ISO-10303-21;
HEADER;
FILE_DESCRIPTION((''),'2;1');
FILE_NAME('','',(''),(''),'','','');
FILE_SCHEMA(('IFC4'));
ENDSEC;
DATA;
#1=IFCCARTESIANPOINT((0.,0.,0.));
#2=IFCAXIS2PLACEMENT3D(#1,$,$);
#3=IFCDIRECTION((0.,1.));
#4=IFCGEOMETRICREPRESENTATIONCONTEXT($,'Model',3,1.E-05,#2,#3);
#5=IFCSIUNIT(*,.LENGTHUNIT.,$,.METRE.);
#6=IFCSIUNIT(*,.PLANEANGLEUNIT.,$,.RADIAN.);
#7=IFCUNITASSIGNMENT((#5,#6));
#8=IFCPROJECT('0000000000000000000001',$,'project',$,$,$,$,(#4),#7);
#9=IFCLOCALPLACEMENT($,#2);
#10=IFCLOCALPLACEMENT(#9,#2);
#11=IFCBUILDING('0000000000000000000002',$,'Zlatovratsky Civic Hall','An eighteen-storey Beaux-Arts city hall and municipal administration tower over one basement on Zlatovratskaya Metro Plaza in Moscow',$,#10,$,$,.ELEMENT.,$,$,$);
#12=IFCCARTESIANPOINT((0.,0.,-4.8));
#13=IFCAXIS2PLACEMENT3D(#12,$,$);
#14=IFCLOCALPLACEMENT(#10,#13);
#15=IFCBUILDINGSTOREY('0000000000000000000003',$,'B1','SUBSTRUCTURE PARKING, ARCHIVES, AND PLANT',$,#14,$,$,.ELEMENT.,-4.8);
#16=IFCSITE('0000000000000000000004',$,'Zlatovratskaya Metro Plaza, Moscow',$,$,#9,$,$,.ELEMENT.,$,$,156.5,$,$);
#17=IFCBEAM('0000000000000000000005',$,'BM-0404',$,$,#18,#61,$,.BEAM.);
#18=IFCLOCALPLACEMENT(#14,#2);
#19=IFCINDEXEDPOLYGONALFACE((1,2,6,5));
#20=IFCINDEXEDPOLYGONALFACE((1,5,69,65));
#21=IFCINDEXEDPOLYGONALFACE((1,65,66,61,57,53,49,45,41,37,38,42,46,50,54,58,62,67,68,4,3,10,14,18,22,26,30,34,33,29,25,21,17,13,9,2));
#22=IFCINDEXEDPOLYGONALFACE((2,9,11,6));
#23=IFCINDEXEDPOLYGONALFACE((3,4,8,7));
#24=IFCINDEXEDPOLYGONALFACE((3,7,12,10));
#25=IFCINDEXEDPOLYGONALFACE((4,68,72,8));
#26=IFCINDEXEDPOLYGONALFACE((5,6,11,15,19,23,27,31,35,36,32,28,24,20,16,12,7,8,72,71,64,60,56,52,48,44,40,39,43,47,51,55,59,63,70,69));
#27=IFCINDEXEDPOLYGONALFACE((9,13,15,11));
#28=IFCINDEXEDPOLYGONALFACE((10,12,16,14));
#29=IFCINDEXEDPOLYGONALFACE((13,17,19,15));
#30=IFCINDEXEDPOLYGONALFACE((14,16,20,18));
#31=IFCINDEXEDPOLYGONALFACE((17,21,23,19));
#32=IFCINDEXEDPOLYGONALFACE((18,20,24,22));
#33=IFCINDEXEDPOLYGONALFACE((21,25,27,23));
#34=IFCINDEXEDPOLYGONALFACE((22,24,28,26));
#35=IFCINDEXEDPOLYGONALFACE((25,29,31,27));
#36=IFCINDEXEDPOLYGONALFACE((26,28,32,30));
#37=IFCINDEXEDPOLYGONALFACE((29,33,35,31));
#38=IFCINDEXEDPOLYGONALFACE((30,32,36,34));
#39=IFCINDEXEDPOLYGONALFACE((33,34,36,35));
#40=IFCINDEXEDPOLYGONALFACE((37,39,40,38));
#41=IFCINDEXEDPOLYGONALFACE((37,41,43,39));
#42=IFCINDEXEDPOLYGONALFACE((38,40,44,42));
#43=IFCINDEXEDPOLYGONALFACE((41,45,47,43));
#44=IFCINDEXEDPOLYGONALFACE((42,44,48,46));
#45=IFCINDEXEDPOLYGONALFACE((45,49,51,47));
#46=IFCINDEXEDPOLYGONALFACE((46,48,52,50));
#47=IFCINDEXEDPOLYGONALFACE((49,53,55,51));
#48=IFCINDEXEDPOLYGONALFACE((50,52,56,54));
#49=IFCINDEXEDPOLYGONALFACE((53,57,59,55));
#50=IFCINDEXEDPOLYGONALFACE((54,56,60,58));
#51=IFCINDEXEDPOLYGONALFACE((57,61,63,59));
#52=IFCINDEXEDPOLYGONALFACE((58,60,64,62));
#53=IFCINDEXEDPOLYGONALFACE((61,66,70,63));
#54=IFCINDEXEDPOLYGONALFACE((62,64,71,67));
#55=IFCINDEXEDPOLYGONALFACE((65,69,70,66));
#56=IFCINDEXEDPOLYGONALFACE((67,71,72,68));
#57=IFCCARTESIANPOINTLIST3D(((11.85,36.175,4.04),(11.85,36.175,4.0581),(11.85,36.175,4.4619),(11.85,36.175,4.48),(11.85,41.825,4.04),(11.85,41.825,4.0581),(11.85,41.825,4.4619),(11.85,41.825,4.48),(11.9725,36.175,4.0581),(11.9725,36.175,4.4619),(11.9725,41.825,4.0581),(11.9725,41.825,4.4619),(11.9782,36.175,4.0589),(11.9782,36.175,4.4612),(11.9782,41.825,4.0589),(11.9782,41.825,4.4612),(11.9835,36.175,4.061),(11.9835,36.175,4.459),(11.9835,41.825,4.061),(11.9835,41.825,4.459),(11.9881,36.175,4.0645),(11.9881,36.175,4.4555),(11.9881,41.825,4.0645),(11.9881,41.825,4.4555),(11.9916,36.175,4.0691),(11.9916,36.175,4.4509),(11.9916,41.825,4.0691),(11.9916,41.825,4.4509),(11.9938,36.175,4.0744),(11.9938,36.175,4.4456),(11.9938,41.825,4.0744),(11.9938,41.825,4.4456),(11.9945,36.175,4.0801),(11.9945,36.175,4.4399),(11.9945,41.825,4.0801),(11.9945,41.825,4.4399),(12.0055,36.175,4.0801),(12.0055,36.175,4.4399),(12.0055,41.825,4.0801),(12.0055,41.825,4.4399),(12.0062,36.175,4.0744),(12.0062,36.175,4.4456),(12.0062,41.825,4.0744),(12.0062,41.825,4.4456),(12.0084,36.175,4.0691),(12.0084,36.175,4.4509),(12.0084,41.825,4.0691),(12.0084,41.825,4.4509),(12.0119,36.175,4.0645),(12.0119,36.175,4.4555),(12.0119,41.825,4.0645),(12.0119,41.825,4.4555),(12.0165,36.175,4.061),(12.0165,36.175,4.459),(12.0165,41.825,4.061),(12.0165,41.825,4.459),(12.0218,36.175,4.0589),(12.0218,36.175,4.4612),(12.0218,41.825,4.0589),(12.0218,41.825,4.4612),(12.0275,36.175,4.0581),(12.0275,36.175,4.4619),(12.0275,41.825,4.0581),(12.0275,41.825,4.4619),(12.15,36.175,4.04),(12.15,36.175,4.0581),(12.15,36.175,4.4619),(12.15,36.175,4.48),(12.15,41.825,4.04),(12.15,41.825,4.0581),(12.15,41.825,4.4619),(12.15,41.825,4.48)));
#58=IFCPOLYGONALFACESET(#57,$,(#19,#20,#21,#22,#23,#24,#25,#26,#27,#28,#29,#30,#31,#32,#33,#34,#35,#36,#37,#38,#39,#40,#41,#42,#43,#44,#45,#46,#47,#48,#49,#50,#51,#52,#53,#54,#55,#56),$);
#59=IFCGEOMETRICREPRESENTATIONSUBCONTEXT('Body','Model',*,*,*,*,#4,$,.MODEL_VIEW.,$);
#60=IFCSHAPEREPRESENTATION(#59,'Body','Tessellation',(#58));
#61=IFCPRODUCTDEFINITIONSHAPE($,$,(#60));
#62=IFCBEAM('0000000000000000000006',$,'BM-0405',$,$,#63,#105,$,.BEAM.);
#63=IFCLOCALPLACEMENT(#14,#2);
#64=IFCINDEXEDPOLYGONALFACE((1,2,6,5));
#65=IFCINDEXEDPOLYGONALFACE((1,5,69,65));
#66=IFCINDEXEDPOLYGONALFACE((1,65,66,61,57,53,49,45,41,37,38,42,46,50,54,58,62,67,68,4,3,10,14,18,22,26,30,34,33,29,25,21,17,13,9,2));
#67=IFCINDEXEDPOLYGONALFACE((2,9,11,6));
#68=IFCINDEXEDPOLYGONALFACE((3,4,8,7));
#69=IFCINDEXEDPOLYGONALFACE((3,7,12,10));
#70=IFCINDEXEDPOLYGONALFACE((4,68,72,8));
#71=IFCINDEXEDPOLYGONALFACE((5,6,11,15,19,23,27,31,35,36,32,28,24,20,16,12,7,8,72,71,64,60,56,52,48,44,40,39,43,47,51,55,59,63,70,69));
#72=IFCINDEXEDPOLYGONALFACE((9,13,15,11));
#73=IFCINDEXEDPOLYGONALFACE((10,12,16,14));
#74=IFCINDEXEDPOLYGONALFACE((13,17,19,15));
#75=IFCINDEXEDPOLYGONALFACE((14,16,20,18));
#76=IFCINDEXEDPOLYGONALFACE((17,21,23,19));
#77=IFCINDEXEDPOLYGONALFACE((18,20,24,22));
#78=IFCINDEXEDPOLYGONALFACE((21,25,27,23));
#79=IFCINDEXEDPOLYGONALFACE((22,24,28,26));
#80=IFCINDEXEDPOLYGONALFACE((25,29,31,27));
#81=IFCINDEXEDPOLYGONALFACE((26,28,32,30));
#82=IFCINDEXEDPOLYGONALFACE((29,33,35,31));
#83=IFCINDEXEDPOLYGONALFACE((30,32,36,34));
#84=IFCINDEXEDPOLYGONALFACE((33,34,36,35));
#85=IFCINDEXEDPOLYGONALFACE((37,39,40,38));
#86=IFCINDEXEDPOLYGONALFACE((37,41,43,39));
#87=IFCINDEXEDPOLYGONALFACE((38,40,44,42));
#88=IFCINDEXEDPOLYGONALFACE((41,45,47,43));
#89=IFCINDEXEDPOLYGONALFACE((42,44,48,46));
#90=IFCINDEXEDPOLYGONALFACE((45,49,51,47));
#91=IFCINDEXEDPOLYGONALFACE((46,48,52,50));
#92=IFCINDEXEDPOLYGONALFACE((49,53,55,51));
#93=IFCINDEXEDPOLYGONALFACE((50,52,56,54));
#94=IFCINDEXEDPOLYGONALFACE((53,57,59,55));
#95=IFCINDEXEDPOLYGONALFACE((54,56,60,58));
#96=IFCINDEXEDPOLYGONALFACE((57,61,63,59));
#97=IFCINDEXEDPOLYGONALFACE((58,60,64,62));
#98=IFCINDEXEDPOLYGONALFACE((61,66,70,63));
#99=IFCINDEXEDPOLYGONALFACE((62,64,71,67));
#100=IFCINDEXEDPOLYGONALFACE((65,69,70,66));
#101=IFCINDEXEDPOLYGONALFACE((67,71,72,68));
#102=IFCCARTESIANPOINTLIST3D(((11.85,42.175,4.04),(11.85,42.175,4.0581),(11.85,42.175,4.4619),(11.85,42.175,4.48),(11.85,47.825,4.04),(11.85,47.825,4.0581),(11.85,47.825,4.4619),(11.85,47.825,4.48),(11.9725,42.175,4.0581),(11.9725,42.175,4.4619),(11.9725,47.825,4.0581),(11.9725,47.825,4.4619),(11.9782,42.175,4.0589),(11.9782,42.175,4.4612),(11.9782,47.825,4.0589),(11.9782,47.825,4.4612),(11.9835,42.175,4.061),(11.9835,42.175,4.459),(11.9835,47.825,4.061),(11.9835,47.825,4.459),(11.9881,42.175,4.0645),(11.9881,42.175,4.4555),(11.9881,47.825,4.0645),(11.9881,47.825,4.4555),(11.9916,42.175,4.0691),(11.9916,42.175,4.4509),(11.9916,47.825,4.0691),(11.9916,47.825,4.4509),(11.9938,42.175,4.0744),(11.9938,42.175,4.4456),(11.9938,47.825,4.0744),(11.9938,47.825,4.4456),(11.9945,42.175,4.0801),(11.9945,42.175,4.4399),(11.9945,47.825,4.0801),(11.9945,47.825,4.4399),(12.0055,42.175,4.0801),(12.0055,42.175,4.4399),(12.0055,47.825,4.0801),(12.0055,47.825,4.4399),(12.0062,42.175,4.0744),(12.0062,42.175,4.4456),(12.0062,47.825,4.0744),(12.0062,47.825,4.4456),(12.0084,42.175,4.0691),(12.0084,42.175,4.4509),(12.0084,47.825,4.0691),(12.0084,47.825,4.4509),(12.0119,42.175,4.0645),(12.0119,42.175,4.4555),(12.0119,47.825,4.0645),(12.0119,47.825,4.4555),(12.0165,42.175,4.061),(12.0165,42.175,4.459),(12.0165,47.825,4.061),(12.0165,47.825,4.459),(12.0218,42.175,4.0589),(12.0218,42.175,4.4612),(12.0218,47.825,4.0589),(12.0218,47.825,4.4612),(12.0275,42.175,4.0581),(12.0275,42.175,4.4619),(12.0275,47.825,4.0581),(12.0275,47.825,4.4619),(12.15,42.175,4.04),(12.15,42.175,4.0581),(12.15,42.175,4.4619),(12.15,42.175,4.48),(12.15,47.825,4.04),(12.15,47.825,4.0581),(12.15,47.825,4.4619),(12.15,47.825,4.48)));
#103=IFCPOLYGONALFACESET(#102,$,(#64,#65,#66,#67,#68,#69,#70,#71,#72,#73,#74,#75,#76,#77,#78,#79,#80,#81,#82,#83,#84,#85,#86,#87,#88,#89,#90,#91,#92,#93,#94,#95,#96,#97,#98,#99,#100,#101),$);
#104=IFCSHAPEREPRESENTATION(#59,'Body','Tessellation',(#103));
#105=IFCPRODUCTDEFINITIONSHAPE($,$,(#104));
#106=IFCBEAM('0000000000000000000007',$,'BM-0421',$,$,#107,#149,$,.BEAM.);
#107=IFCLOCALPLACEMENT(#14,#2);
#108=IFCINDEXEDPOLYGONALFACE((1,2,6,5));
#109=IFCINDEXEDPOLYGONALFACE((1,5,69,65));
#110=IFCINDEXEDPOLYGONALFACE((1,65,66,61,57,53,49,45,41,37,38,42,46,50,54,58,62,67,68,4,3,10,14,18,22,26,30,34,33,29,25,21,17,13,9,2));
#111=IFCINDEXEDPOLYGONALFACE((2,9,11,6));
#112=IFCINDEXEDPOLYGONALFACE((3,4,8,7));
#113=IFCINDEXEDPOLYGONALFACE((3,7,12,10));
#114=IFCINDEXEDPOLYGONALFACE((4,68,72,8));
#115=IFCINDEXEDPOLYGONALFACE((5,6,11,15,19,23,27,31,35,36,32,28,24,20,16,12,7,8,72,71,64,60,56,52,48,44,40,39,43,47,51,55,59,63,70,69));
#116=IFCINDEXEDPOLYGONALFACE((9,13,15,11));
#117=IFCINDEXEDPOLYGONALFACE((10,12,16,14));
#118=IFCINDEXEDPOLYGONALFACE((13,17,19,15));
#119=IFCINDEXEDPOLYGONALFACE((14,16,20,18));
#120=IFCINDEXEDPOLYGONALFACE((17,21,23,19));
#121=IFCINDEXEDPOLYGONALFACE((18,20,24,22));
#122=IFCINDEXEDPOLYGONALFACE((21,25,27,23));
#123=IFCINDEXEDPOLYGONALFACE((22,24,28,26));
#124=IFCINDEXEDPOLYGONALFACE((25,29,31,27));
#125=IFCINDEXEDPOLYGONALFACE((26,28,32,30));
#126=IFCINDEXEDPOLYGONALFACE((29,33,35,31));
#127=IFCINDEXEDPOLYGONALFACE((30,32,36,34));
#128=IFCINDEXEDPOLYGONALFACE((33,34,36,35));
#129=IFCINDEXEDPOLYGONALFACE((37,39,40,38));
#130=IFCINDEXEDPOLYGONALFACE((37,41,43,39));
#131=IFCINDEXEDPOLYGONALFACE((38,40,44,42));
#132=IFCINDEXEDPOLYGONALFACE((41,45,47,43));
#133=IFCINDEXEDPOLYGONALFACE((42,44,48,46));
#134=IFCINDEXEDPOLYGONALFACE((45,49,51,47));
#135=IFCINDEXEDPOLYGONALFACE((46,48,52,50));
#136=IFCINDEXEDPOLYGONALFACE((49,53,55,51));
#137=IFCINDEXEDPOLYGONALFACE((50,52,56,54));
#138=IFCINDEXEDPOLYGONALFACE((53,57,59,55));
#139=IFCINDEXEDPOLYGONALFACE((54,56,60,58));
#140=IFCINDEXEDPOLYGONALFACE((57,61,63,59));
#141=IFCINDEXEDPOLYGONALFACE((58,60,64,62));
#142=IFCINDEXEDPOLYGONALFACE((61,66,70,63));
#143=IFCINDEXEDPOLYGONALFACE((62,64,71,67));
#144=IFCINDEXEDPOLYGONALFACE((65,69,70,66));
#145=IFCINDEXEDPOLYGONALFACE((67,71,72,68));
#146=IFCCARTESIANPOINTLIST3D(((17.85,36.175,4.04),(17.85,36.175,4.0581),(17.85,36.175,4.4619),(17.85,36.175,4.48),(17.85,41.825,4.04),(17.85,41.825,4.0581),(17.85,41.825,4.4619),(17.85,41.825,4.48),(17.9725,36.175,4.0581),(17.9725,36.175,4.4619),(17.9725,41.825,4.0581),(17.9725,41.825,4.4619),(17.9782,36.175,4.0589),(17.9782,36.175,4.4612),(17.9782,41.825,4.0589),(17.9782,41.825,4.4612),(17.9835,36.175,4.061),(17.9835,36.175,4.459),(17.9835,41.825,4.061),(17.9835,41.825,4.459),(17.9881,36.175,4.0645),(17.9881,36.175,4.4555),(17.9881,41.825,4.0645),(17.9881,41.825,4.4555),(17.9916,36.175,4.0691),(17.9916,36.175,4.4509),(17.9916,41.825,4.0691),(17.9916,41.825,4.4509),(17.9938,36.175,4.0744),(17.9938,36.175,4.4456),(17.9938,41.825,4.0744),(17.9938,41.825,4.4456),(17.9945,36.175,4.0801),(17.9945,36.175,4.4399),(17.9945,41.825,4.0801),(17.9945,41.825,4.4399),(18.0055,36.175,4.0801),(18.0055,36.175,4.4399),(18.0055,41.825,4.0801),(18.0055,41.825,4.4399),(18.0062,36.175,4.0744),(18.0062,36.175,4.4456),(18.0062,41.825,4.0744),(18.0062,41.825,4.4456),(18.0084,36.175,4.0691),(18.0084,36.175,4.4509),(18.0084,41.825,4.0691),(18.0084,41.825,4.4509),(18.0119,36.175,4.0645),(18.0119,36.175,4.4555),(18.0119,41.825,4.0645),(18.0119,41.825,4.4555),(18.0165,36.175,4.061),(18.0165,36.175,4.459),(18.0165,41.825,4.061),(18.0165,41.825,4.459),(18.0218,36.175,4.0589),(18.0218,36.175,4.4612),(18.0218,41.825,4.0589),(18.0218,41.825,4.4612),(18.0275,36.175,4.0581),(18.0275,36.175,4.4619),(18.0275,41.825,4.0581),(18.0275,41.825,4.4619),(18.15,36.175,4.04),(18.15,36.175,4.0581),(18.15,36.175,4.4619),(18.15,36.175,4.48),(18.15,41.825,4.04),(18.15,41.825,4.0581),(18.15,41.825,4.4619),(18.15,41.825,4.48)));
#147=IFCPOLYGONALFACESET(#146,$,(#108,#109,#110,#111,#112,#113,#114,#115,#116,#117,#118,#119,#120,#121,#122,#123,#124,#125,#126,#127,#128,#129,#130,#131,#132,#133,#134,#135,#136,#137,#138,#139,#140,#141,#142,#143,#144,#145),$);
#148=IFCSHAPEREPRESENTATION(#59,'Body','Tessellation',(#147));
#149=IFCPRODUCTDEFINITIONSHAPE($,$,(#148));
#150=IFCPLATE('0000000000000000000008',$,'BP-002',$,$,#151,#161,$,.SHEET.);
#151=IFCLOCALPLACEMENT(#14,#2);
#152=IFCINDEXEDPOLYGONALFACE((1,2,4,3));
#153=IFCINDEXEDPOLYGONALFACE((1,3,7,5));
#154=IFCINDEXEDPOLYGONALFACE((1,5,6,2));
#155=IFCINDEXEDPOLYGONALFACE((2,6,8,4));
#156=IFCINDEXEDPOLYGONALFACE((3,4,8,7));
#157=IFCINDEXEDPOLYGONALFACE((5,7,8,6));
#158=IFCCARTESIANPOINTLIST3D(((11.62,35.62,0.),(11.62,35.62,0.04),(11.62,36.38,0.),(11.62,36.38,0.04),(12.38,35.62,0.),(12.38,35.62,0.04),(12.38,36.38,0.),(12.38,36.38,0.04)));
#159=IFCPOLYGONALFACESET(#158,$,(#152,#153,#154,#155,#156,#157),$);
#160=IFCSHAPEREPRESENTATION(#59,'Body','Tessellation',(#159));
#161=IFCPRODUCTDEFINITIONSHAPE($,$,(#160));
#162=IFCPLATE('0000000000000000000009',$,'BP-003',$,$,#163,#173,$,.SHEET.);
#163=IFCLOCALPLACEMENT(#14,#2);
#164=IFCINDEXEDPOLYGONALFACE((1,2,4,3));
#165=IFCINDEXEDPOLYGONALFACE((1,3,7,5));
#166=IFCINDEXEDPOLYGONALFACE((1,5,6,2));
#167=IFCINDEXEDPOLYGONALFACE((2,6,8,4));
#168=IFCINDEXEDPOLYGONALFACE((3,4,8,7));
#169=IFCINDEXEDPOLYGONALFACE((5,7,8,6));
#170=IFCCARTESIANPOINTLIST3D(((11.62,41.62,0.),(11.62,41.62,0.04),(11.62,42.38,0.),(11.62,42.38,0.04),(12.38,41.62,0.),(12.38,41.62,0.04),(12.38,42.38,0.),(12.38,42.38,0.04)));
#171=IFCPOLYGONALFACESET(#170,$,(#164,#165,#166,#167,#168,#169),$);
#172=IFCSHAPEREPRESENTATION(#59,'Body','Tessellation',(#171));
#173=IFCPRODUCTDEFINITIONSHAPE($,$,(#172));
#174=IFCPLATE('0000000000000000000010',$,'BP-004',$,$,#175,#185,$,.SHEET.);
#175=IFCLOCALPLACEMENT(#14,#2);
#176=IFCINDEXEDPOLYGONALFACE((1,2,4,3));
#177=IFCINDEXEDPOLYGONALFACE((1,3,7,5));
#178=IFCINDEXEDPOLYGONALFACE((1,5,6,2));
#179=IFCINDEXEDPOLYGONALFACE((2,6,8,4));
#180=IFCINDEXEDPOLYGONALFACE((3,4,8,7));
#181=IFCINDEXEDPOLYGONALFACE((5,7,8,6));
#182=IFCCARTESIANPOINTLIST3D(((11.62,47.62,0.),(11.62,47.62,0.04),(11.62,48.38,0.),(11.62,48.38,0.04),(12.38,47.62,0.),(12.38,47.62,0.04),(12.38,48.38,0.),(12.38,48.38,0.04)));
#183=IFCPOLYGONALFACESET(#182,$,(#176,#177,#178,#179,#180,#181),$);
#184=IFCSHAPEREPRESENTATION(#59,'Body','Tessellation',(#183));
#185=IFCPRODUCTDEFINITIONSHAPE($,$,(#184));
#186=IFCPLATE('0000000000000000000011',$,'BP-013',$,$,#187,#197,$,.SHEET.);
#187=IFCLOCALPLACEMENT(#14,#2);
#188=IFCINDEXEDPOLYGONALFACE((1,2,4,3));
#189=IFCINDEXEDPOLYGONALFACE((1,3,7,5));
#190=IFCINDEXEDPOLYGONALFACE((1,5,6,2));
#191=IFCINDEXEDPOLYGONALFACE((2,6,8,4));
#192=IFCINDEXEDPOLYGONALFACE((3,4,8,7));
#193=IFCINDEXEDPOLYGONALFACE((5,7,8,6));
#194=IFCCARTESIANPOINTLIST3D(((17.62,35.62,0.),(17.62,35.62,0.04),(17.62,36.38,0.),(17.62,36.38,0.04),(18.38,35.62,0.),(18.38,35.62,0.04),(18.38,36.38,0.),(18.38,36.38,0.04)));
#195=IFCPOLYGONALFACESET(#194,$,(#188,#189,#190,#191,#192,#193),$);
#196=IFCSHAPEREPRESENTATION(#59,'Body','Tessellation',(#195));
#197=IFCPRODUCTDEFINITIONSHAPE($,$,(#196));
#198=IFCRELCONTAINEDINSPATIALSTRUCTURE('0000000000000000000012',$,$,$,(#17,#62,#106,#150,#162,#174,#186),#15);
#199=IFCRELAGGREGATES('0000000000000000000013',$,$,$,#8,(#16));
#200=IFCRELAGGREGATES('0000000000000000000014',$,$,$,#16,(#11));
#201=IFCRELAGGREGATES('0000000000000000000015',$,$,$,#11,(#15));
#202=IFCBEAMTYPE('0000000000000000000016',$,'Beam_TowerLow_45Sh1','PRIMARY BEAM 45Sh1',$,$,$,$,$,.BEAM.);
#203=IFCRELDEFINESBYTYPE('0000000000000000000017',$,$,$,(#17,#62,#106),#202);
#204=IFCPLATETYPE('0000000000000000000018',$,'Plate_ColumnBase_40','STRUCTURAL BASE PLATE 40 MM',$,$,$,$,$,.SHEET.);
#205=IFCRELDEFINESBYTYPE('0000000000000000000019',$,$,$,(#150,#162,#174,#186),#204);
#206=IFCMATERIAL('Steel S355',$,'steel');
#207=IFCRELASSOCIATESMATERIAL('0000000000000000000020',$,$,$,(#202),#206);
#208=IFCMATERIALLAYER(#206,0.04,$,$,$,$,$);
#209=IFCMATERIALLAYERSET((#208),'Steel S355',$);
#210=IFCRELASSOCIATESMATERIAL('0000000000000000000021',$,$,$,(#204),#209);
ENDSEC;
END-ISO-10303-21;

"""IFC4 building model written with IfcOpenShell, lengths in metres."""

from ifc_helpers import new_model, si_unit, direction, frame, origin, origin_2d, place, context, subcontext, project, spatial, rectangle, i_section, extrude, material, layer, layer_set, material_profile, profile_set, type_object, element, save


model = new_model("IFC4")

# Units and contexts
model_context = context("Model", 3, precision=1e-05, world=origin(), true_north=direction((0.0, 1.0)))
body_context = subcontext(model_context, "Body", "Model", "MODEL_VIEW")
ifc_project = project(units=[si_unit("LENGTHUNIT", "METRE"), si_unit("PLANEANGLEUNIT", "RADIAN")], contexts=[model_context])

# Site, building, storey
site_placement = place(None, origin())
site = spatial("IfcSite", under=ifc_project, at=site_placement, Name="Zlatovratskaya Metro Plaza, Moscow", CompositionType="ELEMENT", RefElevation=156.5)
building_placement = place(site_placement, origin())
building = spatial("IfcBuilding", under=site, at=building_placement, Name="Zlatovratsky Civic Hall", Description="An eighteen-storey Beaux-Arts city hall and municipal administration tower over one basement on Zlatovratskaya Metro Plaza in Moscow", CompositionType="ELEMENT")
storey_placement = place(building_placement, frame((0.0, 0.0, -4.8)))
storey = spatial("IfcBuildingStorey", under=building, at=storey_placement, Name="B1", Description="SUBSTRUCTURE PARKING, ARCHIVES, AND PLANT", CompositionType="ELEMENT", Elevation=-4.8)

# Shared definitions
ifc_material_1 = material(Name="Steel S355", Category="steel")

# Beams
ifc_material_profile_1 = material_profile(ifc_material_1, i_section(OverallWidth=0.3, OverallDepth=0.4399, WebThickness=0.011, FlangeThickness=0.0181, FilletRadius=0.022, at=origin_2d()), Name="45Sh1")
ifc_profile_set_1 = profile_set([ifc_material_profile_1], Name="Steel S355")
beam_type = type_object("IfcBeamType", Name="Beam_TowerLow_45Sh1", Description="PRIMARY BEAM 45Sh1", PredefinedType="BEAM", material=ifc_profile_set_1)
for number, where, z_axis, x_axis, name in (
    (1, (12.0, 36.175, 4.26), (0.0, 1.0, 0.0), (-1.0, 0.0, 0.0), "BM-0404"),
    (2, (12.0, 42.175, 4.26), (0.0, 1.0, 0.0), (-1.0, 0.0, 0.0), "BM-0405"),
    (3, (18.0, 36.175, 4.26), (0.0, 1.0, 0.0), (-1.0, 0.0, 0.0), "BM-0421"),
):
    element("IfcBeam", number, at=place(storey_placement, frame(where, z_axis=z_axis, x_axis=x_axis)), inside=storey, type_object=beam_type, Name=name, PredefinedType="BEAM", context=body_context, shape_type="SweptSolid", body=[
        extrude(i_section(OverallWidth=0.3, OverallDepth=0.4399, WebThickness=0.011, FlangeThickness=0.0181, FilletRadius=0.022, at=origin_2d()), origin(), (0.0, 0.0, 1.0), 5.6499),
    ])

# Plates
ifc_layer = layer(ifc_material_1, 0.04)
ifc_layer_set = layer_set([ifc_layer], Name="Steel S355")
plate_type = type_object("IfcPlateType", Name="Plate_ColumnBase_40", Description="STRUCTURAL BASE PLATE 40 MM", PredefinedType="SHEET", material=ifc_layer_set)
for number, where, z_axis, x_axis, name in (
    (4, (12.0, 36.0, 0.0), (0.0, 0.0, 1.0), (1.0, 0.0, 0.0), "BP-002"),
    (5, (12.0, 42.0, 0.0), (0.0, 0.0, 1.0), (1.0, 0.0, 0.0), "BP-003"),
    (6, (12.0, 48.0, 0.0), (0.0, 0.0, 1.0), (1.0, 0.0, 0.0), "BP-004"),
    (7, (18.0, 36.0, 0.0), (0.0, 0.0, 1.0), (1.0, 0.0, 0.0), "BP-013"),
):
    element("IfcPlate", number, at=place(storey_placement, frame(where, z_axis=z_axis, x_axis=x_axis)), inside=storey, type_object=plate_type, Name=name, PredefinedType="SHEET", context=body_context, shape_type="SweptSolid", body=[
        extrude(rectangle(XDim=0.76, YDim=0.76, at=origin_2d()), origin(), (0.0, 0.0, 1.0), 0.04),
    ])

save(model, "model.ifc")
